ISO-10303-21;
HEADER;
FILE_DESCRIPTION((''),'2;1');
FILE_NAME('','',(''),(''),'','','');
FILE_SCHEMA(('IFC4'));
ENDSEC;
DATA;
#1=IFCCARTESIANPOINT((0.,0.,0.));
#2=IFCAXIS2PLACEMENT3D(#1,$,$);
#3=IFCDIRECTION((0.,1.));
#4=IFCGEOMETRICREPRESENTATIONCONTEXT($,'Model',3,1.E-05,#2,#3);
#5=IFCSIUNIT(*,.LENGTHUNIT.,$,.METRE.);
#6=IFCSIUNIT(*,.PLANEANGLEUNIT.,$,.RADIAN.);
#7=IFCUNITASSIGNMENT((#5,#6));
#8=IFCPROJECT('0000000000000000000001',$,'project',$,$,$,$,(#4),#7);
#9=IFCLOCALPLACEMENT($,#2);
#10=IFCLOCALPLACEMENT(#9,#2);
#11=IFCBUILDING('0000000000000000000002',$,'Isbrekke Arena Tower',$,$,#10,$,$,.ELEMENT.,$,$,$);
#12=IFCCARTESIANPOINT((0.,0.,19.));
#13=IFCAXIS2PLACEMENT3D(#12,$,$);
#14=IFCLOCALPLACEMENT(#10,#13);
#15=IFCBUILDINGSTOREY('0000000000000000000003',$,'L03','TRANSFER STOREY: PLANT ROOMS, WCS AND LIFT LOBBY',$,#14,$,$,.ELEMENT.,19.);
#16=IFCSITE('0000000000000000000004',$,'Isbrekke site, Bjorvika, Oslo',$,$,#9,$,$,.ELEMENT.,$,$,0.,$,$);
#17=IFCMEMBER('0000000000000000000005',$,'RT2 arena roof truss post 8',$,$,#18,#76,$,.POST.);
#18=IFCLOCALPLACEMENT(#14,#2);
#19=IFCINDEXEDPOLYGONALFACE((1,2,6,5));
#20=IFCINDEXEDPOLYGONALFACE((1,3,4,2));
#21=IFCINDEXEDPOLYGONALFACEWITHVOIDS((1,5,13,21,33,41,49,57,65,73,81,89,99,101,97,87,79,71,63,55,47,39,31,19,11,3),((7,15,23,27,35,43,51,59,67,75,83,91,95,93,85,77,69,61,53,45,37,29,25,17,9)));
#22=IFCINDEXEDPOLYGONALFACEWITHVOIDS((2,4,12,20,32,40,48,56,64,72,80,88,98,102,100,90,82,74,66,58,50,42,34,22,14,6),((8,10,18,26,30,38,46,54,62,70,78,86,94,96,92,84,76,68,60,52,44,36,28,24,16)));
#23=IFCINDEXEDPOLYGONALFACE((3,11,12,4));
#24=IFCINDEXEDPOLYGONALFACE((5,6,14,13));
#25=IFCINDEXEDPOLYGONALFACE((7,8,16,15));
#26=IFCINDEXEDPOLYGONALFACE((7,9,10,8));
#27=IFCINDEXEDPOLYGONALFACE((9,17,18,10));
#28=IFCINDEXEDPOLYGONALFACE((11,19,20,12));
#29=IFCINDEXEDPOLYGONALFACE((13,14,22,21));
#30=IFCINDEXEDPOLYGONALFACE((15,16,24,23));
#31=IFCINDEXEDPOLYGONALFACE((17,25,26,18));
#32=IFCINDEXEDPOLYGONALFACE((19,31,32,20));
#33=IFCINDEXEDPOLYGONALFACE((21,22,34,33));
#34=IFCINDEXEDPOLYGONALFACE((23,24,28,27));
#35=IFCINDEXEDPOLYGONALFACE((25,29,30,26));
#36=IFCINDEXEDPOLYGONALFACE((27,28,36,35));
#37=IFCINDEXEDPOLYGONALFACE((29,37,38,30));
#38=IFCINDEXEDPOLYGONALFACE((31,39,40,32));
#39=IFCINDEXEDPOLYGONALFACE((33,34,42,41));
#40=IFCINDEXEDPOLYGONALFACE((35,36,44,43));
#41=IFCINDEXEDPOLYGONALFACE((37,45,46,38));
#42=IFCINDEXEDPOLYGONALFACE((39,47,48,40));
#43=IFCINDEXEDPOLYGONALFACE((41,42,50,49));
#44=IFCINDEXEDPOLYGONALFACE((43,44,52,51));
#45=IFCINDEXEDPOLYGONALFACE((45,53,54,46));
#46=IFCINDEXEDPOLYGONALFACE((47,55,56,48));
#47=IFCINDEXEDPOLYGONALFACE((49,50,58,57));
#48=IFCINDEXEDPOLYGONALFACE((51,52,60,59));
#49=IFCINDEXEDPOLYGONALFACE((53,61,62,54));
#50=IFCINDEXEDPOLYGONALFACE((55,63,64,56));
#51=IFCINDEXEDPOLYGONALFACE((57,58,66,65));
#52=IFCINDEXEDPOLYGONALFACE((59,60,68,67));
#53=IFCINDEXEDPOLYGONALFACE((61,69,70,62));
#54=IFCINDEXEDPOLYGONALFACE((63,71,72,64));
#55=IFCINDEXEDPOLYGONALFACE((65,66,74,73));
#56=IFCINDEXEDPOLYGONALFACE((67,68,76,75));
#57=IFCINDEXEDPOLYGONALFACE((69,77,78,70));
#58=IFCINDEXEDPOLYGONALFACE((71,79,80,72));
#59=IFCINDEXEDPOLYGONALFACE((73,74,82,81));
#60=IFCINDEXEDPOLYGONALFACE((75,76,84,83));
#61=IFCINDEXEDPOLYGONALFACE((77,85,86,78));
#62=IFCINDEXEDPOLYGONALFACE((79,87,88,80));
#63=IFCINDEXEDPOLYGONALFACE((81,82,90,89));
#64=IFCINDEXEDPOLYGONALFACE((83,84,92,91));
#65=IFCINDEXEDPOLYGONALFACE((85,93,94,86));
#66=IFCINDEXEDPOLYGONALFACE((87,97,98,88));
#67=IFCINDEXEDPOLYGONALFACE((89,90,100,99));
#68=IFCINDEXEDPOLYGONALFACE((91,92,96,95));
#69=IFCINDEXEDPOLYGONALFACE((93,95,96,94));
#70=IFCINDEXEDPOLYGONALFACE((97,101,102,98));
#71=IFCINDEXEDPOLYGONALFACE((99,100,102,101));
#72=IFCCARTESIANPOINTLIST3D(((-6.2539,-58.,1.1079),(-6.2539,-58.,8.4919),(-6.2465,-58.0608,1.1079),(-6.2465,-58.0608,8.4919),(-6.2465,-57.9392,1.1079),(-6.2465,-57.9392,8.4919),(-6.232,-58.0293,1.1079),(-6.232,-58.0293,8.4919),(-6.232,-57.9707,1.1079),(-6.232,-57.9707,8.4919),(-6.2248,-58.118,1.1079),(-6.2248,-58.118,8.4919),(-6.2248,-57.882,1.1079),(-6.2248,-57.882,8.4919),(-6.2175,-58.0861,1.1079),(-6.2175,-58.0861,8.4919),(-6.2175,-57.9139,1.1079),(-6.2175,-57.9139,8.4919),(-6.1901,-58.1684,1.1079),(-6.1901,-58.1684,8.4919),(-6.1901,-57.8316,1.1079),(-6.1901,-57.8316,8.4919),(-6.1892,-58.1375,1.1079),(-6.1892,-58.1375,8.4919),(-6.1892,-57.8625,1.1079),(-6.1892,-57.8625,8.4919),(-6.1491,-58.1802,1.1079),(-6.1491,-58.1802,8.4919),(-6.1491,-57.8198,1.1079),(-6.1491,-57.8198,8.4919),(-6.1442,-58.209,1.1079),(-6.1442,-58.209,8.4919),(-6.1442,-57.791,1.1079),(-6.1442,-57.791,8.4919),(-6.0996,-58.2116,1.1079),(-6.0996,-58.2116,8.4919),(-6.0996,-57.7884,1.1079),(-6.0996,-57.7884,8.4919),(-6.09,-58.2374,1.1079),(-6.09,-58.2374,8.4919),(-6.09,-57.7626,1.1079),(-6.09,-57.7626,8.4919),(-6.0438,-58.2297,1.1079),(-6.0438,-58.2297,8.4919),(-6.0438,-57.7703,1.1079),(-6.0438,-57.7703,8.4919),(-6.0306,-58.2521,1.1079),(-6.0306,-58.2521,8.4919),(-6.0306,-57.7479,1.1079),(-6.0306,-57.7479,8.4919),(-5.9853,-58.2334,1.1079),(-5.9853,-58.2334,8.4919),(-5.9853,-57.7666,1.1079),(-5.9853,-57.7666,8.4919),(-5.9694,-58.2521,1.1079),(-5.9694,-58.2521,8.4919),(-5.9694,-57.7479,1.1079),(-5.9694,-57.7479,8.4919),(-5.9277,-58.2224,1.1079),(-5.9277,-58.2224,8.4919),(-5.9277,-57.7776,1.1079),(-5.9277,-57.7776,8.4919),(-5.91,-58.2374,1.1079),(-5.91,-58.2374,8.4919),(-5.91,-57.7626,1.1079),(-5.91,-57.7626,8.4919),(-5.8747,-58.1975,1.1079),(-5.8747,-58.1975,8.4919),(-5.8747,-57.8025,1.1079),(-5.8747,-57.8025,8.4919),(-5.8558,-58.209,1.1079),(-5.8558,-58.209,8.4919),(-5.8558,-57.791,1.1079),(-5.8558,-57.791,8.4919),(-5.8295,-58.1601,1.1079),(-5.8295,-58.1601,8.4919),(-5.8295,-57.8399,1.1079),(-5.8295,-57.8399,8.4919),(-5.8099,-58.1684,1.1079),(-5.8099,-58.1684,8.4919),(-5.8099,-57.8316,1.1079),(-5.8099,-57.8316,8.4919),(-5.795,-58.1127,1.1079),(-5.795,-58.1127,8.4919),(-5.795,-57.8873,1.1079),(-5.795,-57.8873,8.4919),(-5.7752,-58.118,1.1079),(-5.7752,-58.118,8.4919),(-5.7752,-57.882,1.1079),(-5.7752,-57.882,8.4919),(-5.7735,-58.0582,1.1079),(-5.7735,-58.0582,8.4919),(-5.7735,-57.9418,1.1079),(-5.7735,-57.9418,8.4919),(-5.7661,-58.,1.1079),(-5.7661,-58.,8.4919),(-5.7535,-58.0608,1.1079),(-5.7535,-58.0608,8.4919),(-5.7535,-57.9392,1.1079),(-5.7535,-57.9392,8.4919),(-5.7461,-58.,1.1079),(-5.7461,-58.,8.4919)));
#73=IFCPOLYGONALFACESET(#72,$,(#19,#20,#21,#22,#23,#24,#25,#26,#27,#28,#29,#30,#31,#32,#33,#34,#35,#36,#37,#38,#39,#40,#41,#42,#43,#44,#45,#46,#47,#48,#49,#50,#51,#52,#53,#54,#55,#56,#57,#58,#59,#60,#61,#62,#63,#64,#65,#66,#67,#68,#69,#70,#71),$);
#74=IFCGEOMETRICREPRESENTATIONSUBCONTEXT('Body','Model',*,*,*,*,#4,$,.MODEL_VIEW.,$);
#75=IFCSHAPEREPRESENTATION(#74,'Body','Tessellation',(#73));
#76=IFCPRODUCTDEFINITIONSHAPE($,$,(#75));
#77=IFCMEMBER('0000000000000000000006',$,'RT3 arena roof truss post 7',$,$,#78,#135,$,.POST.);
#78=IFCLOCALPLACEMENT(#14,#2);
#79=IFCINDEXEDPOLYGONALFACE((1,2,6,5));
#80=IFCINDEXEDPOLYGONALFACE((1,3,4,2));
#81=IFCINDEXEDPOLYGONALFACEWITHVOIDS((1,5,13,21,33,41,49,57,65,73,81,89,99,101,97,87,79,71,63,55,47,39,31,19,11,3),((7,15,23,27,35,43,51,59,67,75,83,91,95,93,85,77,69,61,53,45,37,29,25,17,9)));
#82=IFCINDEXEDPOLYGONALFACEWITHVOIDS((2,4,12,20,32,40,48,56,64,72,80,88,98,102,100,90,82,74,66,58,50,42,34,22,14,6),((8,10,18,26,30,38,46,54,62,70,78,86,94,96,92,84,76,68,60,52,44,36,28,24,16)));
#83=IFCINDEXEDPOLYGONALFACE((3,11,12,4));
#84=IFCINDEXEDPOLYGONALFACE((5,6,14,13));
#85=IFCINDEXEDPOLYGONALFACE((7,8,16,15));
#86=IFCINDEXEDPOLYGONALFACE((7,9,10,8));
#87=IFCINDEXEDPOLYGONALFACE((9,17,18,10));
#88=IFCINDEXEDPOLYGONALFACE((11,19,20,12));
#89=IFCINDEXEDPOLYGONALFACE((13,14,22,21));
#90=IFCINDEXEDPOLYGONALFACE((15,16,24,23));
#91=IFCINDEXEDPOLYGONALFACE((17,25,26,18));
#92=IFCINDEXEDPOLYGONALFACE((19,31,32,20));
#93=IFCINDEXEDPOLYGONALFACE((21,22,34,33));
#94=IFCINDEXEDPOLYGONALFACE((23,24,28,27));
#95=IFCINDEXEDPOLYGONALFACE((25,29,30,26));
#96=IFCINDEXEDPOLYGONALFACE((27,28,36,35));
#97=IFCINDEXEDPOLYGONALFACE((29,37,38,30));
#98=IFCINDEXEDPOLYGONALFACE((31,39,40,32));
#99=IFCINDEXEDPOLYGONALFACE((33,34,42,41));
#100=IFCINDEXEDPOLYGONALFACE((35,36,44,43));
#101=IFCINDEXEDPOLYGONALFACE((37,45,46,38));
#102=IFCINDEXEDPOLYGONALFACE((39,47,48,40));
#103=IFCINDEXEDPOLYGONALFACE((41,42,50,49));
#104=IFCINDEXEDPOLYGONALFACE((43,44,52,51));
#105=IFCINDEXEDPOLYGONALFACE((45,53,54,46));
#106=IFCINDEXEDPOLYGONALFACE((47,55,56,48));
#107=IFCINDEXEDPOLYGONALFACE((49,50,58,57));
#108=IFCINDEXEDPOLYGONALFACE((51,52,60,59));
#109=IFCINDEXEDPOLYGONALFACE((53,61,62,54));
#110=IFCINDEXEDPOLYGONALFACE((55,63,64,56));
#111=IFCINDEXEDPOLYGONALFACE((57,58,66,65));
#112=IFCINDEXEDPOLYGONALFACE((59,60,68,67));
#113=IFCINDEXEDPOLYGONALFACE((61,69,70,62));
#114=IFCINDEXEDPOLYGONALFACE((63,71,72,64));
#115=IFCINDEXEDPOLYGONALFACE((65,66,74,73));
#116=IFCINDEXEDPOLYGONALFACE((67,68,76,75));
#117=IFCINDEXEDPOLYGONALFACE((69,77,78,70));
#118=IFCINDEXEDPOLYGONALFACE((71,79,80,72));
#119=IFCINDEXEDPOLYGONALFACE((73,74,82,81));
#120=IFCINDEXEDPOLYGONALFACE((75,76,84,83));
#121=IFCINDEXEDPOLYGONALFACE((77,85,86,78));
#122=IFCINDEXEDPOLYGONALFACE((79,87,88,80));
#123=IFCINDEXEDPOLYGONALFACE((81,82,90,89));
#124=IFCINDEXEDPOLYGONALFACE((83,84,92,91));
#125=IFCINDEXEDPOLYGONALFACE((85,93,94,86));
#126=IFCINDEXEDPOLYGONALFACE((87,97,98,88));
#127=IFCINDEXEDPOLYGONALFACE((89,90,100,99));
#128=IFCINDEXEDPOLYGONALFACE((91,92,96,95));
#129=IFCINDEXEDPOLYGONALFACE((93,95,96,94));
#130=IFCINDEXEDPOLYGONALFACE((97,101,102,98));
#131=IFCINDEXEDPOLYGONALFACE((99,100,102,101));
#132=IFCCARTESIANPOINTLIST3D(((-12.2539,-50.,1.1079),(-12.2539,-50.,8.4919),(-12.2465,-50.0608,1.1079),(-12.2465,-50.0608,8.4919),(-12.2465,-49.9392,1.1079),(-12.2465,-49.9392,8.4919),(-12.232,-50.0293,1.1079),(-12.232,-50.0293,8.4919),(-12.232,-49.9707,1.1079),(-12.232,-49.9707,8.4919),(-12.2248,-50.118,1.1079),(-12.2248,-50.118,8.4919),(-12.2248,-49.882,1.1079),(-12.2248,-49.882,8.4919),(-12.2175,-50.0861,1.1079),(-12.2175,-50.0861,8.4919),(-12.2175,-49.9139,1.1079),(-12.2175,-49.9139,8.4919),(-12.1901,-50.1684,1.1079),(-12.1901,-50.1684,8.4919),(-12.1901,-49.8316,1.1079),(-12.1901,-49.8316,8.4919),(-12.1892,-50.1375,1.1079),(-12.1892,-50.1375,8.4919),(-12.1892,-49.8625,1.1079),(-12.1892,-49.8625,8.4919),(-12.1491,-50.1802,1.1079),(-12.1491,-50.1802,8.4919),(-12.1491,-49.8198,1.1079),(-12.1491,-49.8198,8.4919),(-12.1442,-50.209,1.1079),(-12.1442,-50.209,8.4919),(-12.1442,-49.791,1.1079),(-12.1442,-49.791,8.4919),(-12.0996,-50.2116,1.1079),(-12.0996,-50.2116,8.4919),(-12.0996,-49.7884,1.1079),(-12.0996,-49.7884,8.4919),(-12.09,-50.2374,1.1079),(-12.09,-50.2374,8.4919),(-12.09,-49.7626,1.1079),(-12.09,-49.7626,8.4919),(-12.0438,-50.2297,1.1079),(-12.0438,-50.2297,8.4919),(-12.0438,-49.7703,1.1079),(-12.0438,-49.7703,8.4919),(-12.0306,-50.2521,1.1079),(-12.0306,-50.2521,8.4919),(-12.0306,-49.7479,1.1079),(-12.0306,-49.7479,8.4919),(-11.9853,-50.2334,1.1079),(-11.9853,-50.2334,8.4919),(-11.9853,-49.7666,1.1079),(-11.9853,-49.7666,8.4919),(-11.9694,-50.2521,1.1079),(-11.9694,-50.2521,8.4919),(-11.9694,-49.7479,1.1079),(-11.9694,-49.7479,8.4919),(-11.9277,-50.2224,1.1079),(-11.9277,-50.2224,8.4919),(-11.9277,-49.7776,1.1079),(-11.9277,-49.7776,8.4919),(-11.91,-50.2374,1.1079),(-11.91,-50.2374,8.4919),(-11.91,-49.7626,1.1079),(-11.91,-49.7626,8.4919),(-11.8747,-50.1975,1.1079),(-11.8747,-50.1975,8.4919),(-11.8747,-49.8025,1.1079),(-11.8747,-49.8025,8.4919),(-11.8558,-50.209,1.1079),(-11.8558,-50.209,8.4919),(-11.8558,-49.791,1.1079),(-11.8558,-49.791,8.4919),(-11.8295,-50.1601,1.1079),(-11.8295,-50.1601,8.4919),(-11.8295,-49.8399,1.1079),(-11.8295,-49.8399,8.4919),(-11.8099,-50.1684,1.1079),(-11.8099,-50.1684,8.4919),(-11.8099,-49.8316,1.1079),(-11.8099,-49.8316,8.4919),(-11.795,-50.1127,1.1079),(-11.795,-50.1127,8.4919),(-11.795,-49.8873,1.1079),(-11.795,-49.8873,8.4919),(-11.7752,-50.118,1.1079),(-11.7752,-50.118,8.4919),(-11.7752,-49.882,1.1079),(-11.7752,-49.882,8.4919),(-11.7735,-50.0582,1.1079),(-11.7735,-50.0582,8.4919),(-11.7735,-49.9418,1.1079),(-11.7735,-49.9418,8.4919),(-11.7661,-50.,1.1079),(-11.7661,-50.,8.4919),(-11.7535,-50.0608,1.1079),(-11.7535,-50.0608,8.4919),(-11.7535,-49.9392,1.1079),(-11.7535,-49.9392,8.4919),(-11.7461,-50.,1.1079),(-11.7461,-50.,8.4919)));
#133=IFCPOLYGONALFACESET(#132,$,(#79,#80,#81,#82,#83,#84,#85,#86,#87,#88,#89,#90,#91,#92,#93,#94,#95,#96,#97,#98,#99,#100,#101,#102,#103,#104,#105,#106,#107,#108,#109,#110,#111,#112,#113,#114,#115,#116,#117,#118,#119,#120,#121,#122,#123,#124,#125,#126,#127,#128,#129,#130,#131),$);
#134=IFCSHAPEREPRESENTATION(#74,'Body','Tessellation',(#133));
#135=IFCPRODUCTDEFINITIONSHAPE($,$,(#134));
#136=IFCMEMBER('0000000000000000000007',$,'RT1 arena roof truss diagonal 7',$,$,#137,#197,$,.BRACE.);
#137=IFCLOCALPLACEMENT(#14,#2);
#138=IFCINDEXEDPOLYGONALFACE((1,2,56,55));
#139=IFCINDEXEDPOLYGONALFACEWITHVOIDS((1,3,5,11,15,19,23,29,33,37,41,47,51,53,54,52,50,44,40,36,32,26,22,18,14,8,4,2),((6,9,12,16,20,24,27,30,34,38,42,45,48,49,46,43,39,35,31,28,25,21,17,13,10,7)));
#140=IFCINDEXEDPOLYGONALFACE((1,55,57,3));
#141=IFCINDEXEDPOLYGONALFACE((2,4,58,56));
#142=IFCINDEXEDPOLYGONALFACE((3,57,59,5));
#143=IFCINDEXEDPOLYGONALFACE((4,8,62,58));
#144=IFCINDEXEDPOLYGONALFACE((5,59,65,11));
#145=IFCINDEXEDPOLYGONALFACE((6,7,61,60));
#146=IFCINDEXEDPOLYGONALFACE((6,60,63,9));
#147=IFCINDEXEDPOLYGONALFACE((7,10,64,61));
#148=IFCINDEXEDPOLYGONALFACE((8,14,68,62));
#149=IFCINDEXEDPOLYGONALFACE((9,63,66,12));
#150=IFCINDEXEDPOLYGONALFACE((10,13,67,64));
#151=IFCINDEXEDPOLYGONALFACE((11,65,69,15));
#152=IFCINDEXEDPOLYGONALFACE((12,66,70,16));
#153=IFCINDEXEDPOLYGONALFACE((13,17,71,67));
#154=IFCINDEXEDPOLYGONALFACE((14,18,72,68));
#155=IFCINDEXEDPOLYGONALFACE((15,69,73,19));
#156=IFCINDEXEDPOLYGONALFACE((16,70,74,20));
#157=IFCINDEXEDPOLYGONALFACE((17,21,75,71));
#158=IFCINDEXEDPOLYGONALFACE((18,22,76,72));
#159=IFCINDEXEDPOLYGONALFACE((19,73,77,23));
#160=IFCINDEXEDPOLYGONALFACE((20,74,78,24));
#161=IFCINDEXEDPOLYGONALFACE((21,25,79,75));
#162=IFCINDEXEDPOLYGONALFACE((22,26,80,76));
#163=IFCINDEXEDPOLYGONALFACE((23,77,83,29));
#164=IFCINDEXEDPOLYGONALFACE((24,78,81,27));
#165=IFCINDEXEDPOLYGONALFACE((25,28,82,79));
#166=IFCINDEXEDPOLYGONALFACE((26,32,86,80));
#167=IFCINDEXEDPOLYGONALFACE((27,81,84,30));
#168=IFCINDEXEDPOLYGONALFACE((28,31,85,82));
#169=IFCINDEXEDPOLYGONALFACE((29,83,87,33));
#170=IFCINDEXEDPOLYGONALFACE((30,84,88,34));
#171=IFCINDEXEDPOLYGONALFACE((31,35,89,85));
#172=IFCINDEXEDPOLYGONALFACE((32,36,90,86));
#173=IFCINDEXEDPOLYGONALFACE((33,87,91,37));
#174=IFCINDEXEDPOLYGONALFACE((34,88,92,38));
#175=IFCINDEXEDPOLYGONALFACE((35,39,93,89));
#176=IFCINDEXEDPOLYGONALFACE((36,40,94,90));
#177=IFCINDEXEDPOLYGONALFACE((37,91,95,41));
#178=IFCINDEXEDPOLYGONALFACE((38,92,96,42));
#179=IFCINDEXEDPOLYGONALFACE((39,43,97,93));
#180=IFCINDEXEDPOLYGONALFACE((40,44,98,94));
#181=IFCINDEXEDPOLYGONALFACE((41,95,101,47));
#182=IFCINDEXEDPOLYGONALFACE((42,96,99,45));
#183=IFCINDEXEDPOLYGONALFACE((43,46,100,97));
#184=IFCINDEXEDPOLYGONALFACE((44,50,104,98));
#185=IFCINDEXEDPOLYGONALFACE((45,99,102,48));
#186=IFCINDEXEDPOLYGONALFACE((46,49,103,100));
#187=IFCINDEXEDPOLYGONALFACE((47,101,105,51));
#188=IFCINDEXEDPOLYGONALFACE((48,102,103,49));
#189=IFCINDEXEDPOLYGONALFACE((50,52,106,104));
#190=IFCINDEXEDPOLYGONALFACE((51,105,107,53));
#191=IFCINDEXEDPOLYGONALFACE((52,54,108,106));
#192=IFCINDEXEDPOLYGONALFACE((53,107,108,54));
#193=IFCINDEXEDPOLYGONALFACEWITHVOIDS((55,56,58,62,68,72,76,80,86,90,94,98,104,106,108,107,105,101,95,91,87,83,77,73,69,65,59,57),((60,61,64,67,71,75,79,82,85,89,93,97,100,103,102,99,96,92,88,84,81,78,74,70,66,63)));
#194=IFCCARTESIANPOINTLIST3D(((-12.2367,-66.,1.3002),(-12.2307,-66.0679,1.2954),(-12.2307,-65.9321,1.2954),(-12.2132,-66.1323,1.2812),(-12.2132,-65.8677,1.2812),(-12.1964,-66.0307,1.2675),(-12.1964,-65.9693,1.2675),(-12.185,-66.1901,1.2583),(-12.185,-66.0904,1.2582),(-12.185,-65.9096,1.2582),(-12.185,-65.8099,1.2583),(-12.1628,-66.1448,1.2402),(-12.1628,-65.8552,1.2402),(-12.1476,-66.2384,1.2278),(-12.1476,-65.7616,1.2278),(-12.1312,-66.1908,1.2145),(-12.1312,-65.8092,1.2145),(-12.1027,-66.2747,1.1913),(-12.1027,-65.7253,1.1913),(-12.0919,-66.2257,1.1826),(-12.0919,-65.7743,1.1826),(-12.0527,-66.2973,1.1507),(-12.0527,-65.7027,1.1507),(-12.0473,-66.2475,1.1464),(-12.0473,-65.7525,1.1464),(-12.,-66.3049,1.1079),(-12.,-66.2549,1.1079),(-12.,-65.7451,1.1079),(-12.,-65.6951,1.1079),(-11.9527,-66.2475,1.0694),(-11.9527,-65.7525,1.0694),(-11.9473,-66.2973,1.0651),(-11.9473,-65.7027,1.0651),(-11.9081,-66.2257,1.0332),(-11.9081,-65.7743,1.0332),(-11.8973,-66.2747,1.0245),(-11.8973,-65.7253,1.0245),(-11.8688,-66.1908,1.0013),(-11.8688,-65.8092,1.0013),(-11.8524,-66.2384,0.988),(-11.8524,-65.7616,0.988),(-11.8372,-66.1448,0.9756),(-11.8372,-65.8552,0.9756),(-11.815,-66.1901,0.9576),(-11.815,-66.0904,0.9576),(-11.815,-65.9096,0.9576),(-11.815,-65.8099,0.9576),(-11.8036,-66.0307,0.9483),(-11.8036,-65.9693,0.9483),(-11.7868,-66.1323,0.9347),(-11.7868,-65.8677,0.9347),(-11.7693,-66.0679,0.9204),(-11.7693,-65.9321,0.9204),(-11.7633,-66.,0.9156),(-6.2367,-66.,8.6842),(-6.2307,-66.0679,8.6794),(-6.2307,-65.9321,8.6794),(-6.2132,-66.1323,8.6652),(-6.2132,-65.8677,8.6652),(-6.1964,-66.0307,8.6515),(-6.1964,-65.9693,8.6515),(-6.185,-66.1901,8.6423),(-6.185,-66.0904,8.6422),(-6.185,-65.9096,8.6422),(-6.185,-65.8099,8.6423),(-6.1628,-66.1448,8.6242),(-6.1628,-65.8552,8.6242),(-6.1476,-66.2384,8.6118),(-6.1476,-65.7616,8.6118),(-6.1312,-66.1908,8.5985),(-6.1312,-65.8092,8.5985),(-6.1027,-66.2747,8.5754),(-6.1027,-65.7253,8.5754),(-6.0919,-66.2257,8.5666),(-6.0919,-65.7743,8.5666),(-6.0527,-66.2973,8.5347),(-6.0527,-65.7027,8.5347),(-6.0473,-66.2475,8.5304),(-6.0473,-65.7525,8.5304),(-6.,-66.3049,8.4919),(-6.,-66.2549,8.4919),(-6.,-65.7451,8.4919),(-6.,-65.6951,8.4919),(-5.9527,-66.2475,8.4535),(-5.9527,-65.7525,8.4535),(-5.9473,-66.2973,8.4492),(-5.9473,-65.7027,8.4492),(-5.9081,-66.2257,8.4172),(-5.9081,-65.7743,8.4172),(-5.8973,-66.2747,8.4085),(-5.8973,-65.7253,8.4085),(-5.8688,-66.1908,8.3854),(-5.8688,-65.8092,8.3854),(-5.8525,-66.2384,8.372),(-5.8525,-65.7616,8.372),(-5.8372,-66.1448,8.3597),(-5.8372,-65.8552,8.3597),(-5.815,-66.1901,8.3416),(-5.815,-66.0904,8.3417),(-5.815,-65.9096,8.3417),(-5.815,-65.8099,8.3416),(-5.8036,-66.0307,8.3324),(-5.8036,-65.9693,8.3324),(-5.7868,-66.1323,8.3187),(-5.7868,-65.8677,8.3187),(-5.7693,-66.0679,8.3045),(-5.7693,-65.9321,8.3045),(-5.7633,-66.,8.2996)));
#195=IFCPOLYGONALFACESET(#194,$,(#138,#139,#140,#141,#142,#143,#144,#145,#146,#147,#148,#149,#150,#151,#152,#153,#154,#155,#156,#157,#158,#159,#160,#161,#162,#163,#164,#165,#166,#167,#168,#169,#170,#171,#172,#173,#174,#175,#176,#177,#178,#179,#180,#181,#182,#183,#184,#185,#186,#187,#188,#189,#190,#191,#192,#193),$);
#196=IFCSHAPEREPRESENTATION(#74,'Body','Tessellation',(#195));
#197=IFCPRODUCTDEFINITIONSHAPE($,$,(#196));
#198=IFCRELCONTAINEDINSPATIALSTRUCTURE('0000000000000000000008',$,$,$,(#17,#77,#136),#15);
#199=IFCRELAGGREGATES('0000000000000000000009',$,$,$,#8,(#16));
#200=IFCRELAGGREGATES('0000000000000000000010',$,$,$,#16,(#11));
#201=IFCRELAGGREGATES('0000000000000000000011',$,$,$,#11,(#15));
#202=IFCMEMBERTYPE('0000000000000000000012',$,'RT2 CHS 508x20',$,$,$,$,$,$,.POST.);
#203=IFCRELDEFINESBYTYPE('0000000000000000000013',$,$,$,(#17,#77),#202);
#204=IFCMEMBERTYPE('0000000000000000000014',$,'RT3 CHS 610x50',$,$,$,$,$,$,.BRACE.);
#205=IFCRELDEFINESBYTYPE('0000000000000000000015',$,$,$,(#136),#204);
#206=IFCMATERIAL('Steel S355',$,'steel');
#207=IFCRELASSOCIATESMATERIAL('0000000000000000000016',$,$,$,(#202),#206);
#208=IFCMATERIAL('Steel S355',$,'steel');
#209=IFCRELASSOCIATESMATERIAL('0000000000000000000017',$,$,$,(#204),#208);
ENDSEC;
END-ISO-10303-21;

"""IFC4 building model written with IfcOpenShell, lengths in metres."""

from ifc_helpers import new_model, si_unit, direction, frame, origin, origin_2d, place, context, subcontext, project, spatial, hollow_circle, extrude, material, material_profile, profile_set, type_object, element, save


model = new_model("IFC4")

# Units and contexts
model_context = context("Model", 3, precision=1e-05, world=origin(), true_north=direction((0.0, 1.0)))
body_context = subcontext(model_context, "Body", "Model", "MODEL_VIEW")
ifc_project = project(units=[si_unit("LENGTHUNIT", "METRE"), si_unit("PLANEANGLEUNIT", "RADIAN")], contexts=[model_context])

# Site, building, storey
site_placement = place(None, origin())
site = spatial("IfcSite", under=ifc_project, at=site_placement, Name="Isbrekke site, Bjorvika, Oslo", CompositionType="ELEMENT", RefElevation=0.0)
building_placement = place(site_placement, origin())
building = spatial("IfcBuilding", under=site, at=building_placement, Name="Isbrekke Arena Tower", CompositionType="ELEMENT")
storey_placement = place(building_placement, frame((0.0, 0.0, 19.0)))
storey = spatial("IfcBuildingStorey", under=building, at=storey_placement, Name="L03", Description="TRANSFER STOREY: PLANT ROOMS, WCS AND LIFT LOBBY", CompositionType="ELEMENT", Elevation=19.0)

# Members
ifc_material_1 = material(Name="Steel S355", Category="steel")
ifc_material_profile_1 = material_profile(ifc_material_1, hollow_circle(Radius=0.2539, WallThickness=0.02, at=origin_2d()), Name="CHS 508x20")
ifc_profile_set_1 = profile_set([ifc_material_profile_1], Name="Steel S355")
member_type_1 = type_object("IfcMemberType", Name="RT2 CHS 508x20", PredefinedType="POST", material=ifc_profile_set_1)
for number, where, z_axis, x_axis, name in (
    (1, (-6.0, -58.0, 1.1079), (0.0, 0.0, 1.0), (1.0, 0.0, 0.0), "RT2 arena roof truss post 8"),
    (2, (-12.0, -50.0, 1.1079), (0.0, 0.0, 1.0), (1.0, 0.0, 0.0), "RT3 arena roof truss post 7"),
):
    element("IfcMember", number, at=place(storey_placement, frame(where, z_axis=z_axis, x_axis=x_axis)), inside=storey, type_object=member_type_1, Name=name, PredefinedType="POST", context=body_context, shape_type="SweptSolid", body=[
        extrude(hollow_circle(Radius=0.2539, WallThickness=0.02, at=origin_2d()), origin(), (0.0, 0.0, 1.0), 7.384),
    ])
ifc_material_2 = material(Name="Steel S355", Category="steel")
ifc_material_profile_2 = material_profile(ifc_material_2, hollow_circle(Radius=0.3049, WallThickness=0.05, at=origin_2d()), Name="CHS 610x50")
ifc_profile_set_2 = profile_set([ifc_material_profile_2], Name="Steel S355")
member_type_2 = type_object("IfcMemberType", Name="RT3 CHS 610x50", PredefinedType="BRACE", material=ifc_profile_set_2)
for number, where, z_axis, x_axis, name in (
    (3, (-12.0, -66.0, 1.1079), (0.630623, 0.0, 0.77609), (0.0, 1.0, 0.0), "RT1 arena roof truss diagonal 7"),
):
    element("IfcMember", number, at=place(storey_placement, frame(where, z_axis=z_axis, x_axis=x_axis)), inside=storey, type_object=member_type_2, Name=name, PredefinedType="BRACE", context=body_context, shape_type="SweptSolid", body=[
        extrude(hollow_circle(Radius=0.3049, WallThickness=0.05, at=origin_2d()), origin(), (0.0, 0.0, 1.0), 9.5144),
    ])

save(model, "model.ifc")
